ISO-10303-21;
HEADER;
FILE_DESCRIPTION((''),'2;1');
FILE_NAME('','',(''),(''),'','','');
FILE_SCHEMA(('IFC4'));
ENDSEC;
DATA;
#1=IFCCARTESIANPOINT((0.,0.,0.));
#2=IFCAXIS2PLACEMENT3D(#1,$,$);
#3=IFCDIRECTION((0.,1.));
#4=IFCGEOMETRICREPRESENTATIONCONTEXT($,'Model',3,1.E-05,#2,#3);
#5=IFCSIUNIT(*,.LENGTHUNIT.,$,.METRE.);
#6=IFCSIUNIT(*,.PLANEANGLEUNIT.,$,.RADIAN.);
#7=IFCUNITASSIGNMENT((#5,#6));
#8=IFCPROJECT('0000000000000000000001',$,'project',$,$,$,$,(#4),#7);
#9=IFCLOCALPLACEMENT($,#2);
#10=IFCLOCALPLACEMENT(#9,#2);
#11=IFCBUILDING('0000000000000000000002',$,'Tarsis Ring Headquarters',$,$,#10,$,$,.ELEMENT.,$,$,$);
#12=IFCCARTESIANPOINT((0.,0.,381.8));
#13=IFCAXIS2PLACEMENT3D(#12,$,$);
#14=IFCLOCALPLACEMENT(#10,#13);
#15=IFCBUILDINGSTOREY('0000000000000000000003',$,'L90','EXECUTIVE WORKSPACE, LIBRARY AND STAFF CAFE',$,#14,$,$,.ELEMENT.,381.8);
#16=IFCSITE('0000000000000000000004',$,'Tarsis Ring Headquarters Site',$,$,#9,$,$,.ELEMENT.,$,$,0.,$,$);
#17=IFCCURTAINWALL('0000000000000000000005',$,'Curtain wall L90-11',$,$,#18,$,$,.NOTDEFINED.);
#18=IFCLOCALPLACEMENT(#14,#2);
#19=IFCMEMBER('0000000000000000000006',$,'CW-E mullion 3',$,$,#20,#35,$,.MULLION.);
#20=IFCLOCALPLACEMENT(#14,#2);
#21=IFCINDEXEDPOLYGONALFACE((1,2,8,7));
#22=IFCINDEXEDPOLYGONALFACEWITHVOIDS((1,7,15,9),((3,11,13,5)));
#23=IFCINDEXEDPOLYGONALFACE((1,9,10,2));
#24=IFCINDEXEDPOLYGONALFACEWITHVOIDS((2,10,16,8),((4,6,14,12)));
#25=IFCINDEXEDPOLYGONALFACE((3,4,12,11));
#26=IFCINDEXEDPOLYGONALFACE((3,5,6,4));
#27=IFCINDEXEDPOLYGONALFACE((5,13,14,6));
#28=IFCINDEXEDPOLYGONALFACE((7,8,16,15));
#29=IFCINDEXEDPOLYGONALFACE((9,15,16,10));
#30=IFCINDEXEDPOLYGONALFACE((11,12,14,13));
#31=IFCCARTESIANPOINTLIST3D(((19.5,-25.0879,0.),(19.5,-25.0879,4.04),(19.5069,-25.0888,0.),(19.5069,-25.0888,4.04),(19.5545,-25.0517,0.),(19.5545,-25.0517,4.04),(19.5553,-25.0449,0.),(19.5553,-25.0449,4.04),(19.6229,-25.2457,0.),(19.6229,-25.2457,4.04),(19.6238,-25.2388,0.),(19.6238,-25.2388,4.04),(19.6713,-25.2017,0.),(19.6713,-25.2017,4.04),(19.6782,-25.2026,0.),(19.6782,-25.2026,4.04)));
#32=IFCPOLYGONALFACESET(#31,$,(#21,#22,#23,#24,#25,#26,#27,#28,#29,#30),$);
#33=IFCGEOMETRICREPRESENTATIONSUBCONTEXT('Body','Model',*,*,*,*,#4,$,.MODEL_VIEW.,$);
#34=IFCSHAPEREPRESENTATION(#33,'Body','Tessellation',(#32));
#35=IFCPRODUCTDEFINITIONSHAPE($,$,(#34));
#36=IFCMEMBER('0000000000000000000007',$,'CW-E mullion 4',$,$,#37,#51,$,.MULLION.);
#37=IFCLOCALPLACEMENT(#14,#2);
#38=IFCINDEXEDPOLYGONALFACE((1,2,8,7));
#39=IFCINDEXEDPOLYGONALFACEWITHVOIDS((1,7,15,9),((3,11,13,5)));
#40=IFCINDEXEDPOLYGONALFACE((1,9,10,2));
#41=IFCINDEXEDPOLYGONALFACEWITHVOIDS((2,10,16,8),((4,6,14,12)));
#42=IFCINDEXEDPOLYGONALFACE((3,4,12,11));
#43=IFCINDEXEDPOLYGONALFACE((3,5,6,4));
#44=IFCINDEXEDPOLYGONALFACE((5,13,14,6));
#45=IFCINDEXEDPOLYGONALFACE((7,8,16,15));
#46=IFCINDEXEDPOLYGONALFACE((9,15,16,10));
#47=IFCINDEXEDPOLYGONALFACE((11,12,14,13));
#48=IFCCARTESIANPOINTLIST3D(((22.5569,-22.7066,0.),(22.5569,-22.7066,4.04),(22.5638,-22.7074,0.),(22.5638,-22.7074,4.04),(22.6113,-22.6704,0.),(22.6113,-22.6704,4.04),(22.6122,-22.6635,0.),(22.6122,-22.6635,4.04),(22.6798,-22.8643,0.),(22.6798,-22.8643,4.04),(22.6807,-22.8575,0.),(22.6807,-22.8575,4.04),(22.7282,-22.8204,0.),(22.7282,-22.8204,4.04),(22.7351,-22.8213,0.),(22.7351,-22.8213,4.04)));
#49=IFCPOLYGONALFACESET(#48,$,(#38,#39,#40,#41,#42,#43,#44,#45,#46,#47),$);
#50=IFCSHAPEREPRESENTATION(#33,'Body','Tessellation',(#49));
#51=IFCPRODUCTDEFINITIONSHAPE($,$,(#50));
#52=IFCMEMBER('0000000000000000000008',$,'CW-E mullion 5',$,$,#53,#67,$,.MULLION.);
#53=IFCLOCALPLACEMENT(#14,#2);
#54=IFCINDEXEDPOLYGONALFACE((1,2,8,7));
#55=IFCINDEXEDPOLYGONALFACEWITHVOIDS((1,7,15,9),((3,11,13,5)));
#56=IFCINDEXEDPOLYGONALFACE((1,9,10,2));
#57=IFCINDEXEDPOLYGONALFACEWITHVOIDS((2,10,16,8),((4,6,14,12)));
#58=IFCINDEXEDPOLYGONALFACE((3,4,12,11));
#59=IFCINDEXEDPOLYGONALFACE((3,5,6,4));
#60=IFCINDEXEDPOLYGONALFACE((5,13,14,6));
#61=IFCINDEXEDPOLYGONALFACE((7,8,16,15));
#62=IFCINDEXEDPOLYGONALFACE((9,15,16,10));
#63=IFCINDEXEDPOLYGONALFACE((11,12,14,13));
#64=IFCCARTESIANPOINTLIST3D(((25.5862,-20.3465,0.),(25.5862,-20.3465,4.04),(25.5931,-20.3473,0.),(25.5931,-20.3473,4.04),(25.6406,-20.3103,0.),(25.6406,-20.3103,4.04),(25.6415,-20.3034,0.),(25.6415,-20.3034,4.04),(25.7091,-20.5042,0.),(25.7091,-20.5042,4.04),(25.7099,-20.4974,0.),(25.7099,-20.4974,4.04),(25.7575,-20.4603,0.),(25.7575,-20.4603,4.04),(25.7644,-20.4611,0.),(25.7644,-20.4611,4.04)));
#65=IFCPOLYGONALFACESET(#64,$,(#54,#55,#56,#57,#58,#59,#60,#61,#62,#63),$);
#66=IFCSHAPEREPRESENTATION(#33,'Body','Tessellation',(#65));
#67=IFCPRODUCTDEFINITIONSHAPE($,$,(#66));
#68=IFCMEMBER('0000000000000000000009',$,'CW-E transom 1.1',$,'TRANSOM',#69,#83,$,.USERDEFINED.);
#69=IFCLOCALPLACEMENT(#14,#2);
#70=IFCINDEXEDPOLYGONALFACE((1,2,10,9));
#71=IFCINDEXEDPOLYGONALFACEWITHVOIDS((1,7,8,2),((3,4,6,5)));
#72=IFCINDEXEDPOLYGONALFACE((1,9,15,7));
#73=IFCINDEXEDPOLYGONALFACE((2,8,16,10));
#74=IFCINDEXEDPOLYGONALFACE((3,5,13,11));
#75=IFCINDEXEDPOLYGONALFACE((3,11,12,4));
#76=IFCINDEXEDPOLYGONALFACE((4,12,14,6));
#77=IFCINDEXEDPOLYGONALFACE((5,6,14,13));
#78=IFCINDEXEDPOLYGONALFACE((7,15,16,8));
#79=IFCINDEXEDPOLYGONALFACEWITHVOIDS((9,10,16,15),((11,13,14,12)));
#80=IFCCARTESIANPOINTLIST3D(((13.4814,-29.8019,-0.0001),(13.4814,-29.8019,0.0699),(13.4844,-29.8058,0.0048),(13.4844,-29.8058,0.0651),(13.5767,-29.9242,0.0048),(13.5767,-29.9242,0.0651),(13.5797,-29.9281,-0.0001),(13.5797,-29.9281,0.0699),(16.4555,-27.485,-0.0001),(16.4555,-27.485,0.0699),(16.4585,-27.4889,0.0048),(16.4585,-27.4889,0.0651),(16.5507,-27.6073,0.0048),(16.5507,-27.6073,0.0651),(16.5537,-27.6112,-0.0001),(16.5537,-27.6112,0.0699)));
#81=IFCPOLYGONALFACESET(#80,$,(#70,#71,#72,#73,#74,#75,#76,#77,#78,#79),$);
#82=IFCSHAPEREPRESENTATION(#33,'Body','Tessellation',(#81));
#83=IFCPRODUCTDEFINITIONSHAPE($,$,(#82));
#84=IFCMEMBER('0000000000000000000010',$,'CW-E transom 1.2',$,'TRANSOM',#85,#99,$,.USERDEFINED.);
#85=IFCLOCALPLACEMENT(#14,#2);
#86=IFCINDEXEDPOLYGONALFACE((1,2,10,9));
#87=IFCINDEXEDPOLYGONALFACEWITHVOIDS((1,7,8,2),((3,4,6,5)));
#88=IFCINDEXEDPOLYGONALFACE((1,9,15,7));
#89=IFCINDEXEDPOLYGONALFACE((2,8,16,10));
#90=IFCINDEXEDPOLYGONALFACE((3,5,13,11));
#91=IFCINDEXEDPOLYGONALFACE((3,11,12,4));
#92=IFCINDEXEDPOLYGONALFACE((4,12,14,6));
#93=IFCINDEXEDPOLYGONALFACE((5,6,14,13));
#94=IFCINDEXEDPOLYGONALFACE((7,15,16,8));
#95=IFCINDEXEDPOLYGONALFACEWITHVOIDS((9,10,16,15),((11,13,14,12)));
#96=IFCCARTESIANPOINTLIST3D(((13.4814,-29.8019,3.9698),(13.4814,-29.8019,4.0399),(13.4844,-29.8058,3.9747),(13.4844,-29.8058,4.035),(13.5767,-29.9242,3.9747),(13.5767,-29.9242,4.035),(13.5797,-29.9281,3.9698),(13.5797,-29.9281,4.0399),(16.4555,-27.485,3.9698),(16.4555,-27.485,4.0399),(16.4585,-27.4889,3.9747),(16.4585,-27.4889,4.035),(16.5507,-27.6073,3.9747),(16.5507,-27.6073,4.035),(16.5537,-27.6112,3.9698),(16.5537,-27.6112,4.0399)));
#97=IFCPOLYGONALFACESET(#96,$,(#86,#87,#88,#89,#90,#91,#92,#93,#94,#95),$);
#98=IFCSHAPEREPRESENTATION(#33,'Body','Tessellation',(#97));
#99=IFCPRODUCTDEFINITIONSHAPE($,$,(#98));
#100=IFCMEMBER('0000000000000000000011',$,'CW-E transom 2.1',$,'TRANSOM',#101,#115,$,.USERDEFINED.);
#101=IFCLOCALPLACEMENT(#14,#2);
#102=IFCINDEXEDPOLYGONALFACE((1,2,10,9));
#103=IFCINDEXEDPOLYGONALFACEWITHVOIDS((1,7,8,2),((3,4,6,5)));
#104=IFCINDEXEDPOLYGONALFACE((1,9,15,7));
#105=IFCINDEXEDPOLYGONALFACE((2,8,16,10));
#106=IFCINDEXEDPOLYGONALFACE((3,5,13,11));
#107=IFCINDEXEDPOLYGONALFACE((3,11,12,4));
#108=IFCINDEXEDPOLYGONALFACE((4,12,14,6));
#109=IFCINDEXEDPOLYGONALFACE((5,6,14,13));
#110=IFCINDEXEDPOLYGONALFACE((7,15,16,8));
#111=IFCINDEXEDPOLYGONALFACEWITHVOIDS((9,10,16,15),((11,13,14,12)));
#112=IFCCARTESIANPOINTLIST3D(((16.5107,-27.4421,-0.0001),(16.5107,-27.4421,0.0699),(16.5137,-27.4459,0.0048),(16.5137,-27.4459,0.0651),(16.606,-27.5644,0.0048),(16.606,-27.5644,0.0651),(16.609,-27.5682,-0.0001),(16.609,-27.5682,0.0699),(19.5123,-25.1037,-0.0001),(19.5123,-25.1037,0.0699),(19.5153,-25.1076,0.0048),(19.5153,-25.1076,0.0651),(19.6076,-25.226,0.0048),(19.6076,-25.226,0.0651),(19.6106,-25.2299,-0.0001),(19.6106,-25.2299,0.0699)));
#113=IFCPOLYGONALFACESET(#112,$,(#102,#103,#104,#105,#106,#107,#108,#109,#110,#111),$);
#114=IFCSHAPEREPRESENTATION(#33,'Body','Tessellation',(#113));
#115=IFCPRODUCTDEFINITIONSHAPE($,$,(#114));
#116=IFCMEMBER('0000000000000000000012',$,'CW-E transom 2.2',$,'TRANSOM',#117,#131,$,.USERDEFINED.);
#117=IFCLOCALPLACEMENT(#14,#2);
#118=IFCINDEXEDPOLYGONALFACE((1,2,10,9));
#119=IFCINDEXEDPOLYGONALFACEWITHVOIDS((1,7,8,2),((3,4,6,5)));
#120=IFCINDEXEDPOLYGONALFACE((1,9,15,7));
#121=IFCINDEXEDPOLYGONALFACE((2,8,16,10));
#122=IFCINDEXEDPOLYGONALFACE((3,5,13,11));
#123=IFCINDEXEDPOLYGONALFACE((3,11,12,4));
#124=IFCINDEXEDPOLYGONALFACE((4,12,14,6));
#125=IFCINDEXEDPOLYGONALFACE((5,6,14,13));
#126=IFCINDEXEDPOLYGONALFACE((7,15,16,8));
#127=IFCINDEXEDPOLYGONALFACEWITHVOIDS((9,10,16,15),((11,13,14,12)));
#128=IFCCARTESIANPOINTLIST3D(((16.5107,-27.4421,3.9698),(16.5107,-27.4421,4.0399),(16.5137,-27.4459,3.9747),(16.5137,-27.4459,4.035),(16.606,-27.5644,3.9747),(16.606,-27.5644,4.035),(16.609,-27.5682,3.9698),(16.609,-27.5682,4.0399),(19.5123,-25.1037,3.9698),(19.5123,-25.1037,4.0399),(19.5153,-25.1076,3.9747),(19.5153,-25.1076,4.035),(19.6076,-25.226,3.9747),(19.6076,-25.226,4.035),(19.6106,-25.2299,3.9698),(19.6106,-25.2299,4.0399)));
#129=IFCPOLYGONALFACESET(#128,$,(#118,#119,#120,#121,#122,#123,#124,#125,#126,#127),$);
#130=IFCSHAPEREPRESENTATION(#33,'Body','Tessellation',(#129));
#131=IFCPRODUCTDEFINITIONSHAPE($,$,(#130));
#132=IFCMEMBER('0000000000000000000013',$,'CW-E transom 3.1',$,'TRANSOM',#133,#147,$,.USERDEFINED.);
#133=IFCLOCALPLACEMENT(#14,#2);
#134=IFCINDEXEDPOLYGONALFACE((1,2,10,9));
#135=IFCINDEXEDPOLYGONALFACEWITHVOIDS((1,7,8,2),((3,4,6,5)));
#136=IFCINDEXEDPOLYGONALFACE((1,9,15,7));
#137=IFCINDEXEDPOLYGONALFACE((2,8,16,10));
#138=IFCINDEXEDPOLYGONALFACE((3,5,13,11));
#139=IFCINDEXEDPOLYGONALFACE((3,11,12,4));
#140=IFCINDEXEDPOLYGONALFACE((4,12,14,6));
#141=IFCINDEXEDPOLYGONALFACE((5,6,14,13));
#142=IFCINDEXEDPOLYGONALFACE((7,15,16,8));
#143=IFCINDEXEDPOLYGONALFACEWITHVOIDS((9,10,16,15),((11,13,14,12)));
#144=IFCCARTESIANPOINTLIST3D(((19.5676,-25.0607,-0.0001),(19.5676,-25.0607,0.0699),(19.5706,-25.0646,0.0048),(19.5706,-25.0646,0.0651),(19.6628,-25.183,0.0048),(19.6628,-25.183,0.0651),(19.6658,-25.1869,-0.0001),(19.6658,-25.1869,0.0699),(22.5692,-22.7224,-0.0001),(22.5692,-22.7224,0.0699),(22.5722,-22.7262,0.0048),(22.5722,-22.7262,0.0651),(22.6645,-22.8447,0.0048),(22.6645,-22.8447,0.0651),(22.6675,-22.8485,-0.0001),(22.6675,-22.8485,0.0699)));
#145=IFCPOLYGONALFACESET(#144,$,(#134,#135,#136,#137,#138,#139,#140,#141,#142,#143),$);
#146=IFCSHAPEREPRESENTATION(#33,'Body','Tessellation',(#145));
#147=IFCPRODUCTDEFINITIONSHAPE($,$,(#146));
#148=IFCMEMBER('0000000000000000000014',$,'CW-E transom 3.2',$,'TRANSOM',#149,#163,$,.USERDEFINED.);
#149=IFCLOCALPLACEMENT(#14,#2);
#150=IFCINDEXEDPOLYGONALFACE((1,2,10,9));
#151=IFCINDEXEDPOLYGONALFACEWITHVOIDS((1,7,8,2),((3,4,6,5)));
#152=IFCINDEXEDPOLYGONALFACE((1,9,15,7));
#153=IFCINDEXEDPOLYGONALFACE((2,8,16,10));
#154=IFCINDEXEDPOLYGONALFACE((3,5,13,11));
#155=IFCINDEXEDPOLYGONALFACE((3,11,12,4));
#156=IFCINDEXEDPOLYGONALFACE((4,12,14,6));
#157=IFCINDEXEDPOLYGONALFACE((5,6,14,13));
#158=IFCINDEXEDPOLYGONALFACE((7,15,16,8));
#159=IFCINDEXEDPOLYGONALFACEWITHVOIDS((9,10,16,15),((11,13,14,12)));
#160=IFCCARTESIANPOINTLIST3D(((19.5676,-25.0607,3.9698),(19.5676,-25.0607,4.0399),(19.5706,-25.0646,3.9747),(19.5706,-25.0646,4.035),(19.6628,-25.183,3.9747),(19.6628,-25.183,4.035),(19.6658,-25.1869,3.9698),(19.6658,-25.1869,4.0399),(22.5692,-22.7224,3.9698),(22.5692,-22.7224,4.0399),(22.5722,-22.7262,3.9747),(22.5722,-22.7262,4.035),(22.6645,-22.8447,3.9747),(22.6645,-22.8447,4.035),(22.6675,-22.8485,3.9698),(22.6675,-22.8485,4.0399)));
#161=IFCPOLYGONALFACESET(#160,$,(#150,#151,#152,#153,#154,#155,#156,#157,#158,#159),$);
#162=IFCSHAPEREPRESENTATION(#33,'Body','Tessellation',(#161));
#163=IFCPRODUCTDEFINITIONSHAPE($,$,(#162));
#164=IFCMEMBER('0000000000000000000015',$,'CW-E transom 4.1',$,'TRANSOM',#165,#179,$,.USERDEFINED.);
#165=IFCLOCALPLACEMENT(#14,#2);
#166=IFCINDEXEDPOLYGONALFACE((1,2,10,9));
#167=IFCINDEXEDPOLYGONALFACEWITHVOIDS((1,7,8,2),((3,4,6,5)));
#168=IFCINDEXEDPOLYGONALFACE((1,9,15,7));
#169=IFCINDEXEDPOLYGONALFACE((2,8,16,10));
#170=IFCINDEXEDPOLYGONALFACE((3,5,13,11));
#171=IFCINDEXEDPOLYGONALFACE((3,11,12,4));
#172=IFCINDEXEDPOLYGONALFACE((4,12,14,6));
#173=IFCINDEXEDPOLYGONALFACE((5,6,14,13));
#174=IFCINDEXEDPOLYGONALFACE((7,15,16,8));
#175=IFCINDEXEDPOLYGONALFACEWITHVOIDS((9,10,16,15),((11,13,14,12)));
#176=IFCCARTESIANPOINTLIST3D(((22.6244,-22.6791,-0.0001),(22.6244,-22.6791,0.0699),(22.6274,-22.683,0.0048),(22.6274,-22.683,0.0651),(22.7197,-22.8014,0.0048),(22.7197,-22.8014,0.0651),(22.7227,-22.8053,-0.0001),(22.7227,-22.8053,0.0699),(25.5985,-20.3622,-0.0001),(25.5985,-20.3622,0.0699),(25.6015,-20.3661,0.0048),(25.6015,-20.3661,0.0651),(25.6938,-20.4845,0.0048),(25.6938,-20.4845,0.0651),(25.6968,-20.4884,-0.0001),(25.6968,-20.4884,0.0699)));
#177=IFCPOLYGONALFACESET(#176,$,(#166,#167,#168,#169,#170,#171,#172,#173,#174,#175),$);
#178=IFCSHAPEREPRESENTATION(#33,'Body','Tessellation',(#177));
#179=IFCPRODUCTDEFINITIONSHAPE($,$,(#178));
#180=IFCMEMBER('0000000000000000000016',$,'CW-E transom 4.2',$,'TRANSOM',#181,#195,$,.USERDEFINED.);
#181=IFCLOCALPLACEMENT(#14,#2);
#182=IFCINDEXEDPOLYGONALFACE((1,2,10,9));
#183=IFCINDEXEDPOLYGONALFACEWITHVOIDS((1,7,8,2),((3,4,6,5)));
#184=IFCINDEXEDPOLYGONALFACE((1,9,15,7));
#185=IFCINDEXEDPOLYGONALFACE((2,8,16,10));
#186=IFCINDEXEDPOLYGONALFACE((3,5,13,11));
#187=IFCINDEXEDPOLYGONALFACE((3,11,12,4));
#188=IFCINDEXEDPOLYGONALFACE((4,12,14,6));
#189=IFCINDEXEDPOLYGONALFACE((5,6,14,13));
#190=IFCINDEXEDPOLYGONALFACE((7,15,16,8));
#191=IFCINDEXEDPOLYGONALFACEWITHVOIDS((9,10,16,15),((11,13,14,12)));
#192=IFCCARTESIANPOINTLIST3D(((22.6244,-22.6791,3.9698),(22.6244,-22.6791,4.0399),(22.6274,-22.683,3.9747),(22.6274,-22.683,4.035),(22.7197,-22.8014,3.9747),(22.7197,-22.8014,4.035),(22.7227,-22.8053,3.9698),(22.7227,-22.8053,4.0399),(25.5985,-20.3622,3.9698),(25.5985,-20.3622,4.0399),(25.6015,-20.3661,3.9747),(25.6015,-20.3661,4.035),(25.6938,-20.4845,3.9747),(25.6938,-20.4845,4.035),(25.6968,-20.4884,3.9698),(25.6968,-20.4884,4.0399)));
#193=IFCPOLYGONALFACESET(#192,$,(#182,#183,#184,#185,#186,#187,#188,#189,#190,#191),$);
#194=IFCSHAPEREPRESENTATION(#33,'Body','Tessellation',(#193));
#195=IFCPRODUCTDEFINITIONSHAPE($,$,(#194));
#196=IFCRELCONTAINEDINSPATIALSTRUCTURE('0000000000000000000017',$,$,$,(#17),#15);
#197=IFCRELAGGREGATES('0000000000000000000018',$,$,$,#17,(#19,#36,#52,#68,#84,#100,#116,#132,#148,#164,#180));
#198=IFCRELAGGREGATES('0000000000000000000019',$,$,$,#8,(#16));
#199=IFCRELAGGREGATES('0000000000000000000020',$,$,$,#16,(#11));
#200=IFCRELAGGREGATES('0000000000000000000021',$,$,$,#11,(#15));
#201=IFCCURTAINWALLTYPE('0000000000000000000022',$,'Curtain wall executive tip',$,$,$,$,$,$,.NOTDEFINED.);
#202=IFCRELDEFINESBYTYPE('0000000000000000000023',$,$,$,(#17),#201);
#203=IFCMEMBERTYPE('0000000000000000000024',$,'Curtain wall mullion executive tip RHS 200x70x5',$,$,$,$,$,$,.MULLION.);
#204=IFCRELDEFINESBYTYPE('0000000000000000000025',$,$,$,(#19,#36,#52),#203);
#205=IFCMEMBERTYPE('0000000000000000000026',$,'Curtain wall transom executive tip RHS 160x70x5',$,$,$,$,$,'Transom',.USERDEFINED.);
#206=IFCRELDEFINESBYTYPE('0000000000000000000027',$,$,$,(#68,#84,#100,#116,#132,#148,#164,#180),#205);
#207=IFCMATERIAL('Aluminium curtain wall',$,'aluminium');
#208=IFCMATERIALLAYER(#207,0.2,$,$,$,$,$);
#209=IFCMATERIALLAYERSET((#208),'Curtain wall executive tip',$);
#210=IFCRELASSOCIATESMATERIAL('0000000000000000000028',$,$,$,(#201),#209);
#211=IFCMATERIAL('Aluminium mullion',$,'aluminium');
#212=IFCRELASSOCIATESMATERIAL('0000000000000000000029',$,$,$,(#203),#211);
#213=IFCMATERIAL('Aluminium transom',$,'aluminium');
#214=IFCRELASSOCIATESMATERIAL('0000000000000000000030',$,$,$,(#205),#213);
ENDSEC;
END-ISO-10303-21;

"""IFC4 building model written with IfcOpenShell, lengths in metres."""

from ifc_helpers import new_model, si_unit, direction, frame, origin, origin_2d, place, context, subcontext, project, spatial, hollow_rectangle, extrude, material, layer, layer_set, material_profile, profile_set, type_object, element, aggregate, save


model = new_model("IFC4")

# Units and contexts
model_context = context("Model", 3, precision=1e-05, world=origin(), true_north=direction((0.0, 1.0)))
body_context = subcontext(model_context, "Body", "Model", "MODEL_VIEW")
ifc_project = project(units=[si_unit("LENGTHUNIT", "METRE"), si_unit("PLANEANGLEUNIT", "RADIAN")], contexts=[model_context])

# Site, building, storey
site_placement = place(None, origin())
site = spatial("IfcSite", under=ifc_project, at=site_placement, Name="Tarsis Ring Headquarters Site", CompositionType="ELEMENT", RefElevation=0.0)
building_placement = place(site_placement, origin())
building = spatial("IfcBuilding", under=site, at=building_placement, Name="Tarsis Ring Headquarters", CompositionType="ELEMENT")
storey_placement = place(building_placement, frame((0.0, 0.0, 381.8)))
storey = spatial("IfcBuildingStorey", under=building, at=storey_placement, Name="L90", Description="EXECUTIVE WORKSPACE, LIBRARY AND STAFF CAFE", CompositionType="ELEMENT", Elevation=381.8)

# Curtain wall, members
ifc_material_1 = material(Name="Aluminium curtain wall", Category="aluminium")
ifc_layer_1 = layer(ifc_material_1, 0.2)
ifc_layer_set_1 = layer_set([ifc_layer_1], Name="Curtain wall executive tip")
curtain_wall_type = type_object("IfcCurtainWallType", Name="Curtain wall executive tip", PredefinedType="NOTDEFINED", material=ifc_layer_set_1)
curtain_wall_placement = place(storey_placement, origin())
curtain_wall = element("IfcCurtainWall", 1, at=curtain_wall_placement, inside=storey, type_object=curtain_wall_type, Name="Curtain wall L90-11", PredefinedType="NOTDEFINED")
ifc_material_2 = material(Name="Aluminium mullion", Category="aluminium")
ifc_material_profile_1 = material_profile(ifc_material_2, hollow_rectangle(XDim=0.2, YDim=0.0701, WallThickness=0.0049, at=origin_2d()), Name="RHS 200x70x5")
ifc_profile_set_1 = profile_set([ifc_material_profile_1], Name="Aluminium mullion")
member_type_1 = type_object("IfcMemberType", Name="Curtain wall mullion executive tip RHS 200x70x5", PredefinedType="MULLION", material=ifc_profile_set_1)
member_1_placement = place(storey_placement, frame((19.5891, -25.1453, 0.0), z_axis=(0.0, 0.0, 1.0), x_axis=(-0.614561, 0.78887, 0.0)))
member_1 = element("IfcMember", 2, at=member_1_placement, type_object=member_type_1, Name="CW-E mullion 3", PredefinedType="MULLION", context=body_context, shape_type="SweptSolid", body=[
    extrude(hollow_rectangle(XDim=0.2, YDim=0.0701, WallThickness=0.0049, at=origin_2d()), origin(), (0.0, 0.0, 1.0), 4.04),
])
member_2_placement = place(storey_placement, frame((22.646, -22.7639, 0.0), z_axis=(0.0, 0.0, 1.0), x_axis=(-0.614561, 0.78887, 0.0)))
member_2 = element("IfcMember", 3, at=member_2_placement, type_object=member_type_1, Name="CW-E mullion 4", PredefinedType="MULLION", context=body_context, shape_type="SweptSolid", body=[
    extrude(hollow_rectangle(XDim=0.2, YDim=0.0701, WallThickness=0.0049, at=origin_2d()), origin(), (0.0, 0.0, 1.0), 4.04),
])
member_3_placement = place(storey_placement, frame((25.6753, -20.4038, 0.0), z_axis=(0.0, 0.0, 1.0), x_axis=(-0.614561, 0.78887, 0.0)))
member_3 = element("IfcMember", 4, at=member_3_placement, type_object=member_type_1, Name="CW-E mullion 5", PredefinedType="MULLION", context=body_context, shape_type="SweptSolid", body=[
    extrude(hollow_rectangle(XDim=0.2, YDim=0.0701, WallThickness=0.0049, at=origin_2d()), origin(), (0.0, 0.0, 1.0), 4.04),
])
ifc_material_3 = material(Name="Aluminium transom", Category="aluminium")
ifc_material_profile_2 = material_profile(ifc_material_3, hollow_rectangle(XDim=0.1599, YDim=0.0701, WallThickness=0.0049, at=origin_2d()), Name="RHS 160x70x5")
ifc_profile_set_2 = profile_set([ifc_material_profile_2], Name="Aluminium transom")
member_type_2 = type_object("IfcMemberType", Name="Curtain wall transom executive tip RHS 160x70x5", ElementType="Transom", PredefinedType="USERDEFINED", material=ifc_profile_set_2)
member_4_placement = place(storey_placement, frame((13.5305, -29.865, 0.0349), z_axis=(0.788878, 0.61455, 0.0), x_axis=(-0.61455, 0.788878, 0.0)))
member_4 = element("IfcMember", 5, at=member_4_placement, type_object=member_type_2, Name="CW-E transom 1.1", ObjectType="TRANSOM", PredefinedType="USERDEFINED", context=body_context, shape_type="SweptSolid", body=[
    extrude(hollow_rectangle(XDim=0.1599, YDim=0.0701, WallThickness=0.0049, at=origin_2d()), origin(), (0.0, 0.0, 1.0), 3.77),
])
member_5_placement = place(storey_placement, frame((13.5305, -29.865, 4.0049), z_axis=(0.788878, 0.61455, 0.0), x_axis=(-0.61455, 0.788878, 0.0)))
member_5 = element("IfcMember", 6, at=member_5_placement, type_object=member_type_2, Name="CW-E transom 1.2", ObjectType="TRANSOM", PredefinedType="USERDEFINED", context=body_context, shape_type="SweptSolid", body=[
    extrude(hollow_rectangle(XDim=0.1599, YDim=0.0701, WallThickness=0.0049, at=origin_2d()), origin(), (0.0, 0.0, 1.0), 3.77),
])
member_6_placement = place(storey_placement, frame((16.5598, -27.5051, 0.0349), z_axis=(0.788879, 0.614549, 0.0), x_axis=(-0.614549, 0.788879, 0.0)))
member_6 = element("IfcMember", 7, at=member_6_placement, type_object=member_type_2, Name="CW-E transom 2.1", ObjectType="TRANSOM", PredefinedType="USERDEFINED", context=body_context, shape_type="SweptSolid", body=[
    extrude(hollow_rectangle(XDim=0.1599, YDim=0.0701, WallThickness=0.0049, at=origin_2d()), origin(), (0.0, 0.0, 1.0), 3.8049),
])
member_7_placement = place(storey_placement, frame((16.5598, -27.5051, 4.0049), z_axis=(0.788879, 0.614549, 0.0), x_axis=(-0.614549, 0.788879, 0.0)))
member_7 = element("IfcMember", 8, at=member_7_placement, type_object=member_type_2, Name="CW-E transom 2.2", ObjectType="TRANSOM", PredefinedType="USERDEFINED", context=body_context, shape_type="SweptSolid", body=[
    extrude(hollow_rectangle(XDim=0.1599, YDim=0.0701, WallThickness=0.0049, at=origin_2d()), origin(), (0.0, 0.0, 1.0), 3.8049),
])
member_8_placement = place(storey_placement, frame((19.6167, -25.1238, 0.0349), z_axis=(0.788879, 0.614549, 0.0), x_axis=(-0.614549, 0.788879, 0.0)))
member_8 = element("IfcMember", 9, at=member_8_placement, type_object=member_type_2, Name="CW-E transom 3.1", ObjectType="TRANSOM", PredefinedType="USERDEFINED", context=body_context, shape_type="SweptSolid", body=[
    extrude(hollow_rectangle(XDim=0.1599, YDim=0.0701, WallThickness=0.0049, at=origin_2d()), origin(), (0.0, 0.0, 1.0), 3.8049),
])
member_9_placement = place(storey_placement, frame((19.6167, -25.1238, 4.0049), z_axis=(0.788879, 0.614549, 0.0), x_axis=(-0.614549, 0.788879, 0.0)))
member_9 = element("IfcMember", 10, at=member_9_placement, type_object=member_type_2, Name="CW-E transom 3.2", ObjectType="TRANSOM", PredefinedType="USERDEFINED", context=body_context, shape_type="SweptSolid", body=[
    extrude(hollow_rectangle(XDim=0.1599, YDim=0.0701, WallThickness=0.0049, at=origin_2d()), origin(), (0.0, 0.0, 1.0), 3.8049),
])
member_10_placement = place(storey_placement, frame((22.6736, -22.7422, 0.0349), z_axis=(0.788878, 0.61455, 0.0), x_axis=(-0.61455, 0.788878, 0.0)))
member_10 = element("IfcMember", 11, at=member_10_placement, type_object=member_type_2, Name="CW-E transom 4.1", ObjectType="TRANSOM", PredefinedType="USERDEFINED", context=body_context, shape_type="SweptSolid", body=[
    extrude(hollow_rectangle(XDim=0.1599, YDim=0.0701, WallThickness=0.0049, at=origin_2d()), origin(), (0.0, 0.0, 1.0), 3.77),
])
member_11_placement = place(storey_placement, frame((22.6736, -22.7422, 4.0049), z_axis=(0.788878, 0.61455, 0.0), x_axis=(-0.61455, 0.788878, 0.0)))
member_11 = element("IfcMember", 12, at=member_11_placement, type_object=member_type_2, Name="CW-E transom 4.2", ObjectType="TRANSOM", PredefinedType="USERDEFINED", context=body_context, shape_type="SweptSolid", body=[
    extrude(hollow_rectangle(XDim=0.1599, YDim=0.0701, WallThickness=0.0049, at=origin_2d()), origin(), (0.0, 0.0, 1.0), 3.77),
])

aggregate(curtain_wall, [member_1, member_2, member_3, member_4, member_5, member_6, member_7, member_8, member_9, member_10, member_11])

save(model, "model.ifc")
